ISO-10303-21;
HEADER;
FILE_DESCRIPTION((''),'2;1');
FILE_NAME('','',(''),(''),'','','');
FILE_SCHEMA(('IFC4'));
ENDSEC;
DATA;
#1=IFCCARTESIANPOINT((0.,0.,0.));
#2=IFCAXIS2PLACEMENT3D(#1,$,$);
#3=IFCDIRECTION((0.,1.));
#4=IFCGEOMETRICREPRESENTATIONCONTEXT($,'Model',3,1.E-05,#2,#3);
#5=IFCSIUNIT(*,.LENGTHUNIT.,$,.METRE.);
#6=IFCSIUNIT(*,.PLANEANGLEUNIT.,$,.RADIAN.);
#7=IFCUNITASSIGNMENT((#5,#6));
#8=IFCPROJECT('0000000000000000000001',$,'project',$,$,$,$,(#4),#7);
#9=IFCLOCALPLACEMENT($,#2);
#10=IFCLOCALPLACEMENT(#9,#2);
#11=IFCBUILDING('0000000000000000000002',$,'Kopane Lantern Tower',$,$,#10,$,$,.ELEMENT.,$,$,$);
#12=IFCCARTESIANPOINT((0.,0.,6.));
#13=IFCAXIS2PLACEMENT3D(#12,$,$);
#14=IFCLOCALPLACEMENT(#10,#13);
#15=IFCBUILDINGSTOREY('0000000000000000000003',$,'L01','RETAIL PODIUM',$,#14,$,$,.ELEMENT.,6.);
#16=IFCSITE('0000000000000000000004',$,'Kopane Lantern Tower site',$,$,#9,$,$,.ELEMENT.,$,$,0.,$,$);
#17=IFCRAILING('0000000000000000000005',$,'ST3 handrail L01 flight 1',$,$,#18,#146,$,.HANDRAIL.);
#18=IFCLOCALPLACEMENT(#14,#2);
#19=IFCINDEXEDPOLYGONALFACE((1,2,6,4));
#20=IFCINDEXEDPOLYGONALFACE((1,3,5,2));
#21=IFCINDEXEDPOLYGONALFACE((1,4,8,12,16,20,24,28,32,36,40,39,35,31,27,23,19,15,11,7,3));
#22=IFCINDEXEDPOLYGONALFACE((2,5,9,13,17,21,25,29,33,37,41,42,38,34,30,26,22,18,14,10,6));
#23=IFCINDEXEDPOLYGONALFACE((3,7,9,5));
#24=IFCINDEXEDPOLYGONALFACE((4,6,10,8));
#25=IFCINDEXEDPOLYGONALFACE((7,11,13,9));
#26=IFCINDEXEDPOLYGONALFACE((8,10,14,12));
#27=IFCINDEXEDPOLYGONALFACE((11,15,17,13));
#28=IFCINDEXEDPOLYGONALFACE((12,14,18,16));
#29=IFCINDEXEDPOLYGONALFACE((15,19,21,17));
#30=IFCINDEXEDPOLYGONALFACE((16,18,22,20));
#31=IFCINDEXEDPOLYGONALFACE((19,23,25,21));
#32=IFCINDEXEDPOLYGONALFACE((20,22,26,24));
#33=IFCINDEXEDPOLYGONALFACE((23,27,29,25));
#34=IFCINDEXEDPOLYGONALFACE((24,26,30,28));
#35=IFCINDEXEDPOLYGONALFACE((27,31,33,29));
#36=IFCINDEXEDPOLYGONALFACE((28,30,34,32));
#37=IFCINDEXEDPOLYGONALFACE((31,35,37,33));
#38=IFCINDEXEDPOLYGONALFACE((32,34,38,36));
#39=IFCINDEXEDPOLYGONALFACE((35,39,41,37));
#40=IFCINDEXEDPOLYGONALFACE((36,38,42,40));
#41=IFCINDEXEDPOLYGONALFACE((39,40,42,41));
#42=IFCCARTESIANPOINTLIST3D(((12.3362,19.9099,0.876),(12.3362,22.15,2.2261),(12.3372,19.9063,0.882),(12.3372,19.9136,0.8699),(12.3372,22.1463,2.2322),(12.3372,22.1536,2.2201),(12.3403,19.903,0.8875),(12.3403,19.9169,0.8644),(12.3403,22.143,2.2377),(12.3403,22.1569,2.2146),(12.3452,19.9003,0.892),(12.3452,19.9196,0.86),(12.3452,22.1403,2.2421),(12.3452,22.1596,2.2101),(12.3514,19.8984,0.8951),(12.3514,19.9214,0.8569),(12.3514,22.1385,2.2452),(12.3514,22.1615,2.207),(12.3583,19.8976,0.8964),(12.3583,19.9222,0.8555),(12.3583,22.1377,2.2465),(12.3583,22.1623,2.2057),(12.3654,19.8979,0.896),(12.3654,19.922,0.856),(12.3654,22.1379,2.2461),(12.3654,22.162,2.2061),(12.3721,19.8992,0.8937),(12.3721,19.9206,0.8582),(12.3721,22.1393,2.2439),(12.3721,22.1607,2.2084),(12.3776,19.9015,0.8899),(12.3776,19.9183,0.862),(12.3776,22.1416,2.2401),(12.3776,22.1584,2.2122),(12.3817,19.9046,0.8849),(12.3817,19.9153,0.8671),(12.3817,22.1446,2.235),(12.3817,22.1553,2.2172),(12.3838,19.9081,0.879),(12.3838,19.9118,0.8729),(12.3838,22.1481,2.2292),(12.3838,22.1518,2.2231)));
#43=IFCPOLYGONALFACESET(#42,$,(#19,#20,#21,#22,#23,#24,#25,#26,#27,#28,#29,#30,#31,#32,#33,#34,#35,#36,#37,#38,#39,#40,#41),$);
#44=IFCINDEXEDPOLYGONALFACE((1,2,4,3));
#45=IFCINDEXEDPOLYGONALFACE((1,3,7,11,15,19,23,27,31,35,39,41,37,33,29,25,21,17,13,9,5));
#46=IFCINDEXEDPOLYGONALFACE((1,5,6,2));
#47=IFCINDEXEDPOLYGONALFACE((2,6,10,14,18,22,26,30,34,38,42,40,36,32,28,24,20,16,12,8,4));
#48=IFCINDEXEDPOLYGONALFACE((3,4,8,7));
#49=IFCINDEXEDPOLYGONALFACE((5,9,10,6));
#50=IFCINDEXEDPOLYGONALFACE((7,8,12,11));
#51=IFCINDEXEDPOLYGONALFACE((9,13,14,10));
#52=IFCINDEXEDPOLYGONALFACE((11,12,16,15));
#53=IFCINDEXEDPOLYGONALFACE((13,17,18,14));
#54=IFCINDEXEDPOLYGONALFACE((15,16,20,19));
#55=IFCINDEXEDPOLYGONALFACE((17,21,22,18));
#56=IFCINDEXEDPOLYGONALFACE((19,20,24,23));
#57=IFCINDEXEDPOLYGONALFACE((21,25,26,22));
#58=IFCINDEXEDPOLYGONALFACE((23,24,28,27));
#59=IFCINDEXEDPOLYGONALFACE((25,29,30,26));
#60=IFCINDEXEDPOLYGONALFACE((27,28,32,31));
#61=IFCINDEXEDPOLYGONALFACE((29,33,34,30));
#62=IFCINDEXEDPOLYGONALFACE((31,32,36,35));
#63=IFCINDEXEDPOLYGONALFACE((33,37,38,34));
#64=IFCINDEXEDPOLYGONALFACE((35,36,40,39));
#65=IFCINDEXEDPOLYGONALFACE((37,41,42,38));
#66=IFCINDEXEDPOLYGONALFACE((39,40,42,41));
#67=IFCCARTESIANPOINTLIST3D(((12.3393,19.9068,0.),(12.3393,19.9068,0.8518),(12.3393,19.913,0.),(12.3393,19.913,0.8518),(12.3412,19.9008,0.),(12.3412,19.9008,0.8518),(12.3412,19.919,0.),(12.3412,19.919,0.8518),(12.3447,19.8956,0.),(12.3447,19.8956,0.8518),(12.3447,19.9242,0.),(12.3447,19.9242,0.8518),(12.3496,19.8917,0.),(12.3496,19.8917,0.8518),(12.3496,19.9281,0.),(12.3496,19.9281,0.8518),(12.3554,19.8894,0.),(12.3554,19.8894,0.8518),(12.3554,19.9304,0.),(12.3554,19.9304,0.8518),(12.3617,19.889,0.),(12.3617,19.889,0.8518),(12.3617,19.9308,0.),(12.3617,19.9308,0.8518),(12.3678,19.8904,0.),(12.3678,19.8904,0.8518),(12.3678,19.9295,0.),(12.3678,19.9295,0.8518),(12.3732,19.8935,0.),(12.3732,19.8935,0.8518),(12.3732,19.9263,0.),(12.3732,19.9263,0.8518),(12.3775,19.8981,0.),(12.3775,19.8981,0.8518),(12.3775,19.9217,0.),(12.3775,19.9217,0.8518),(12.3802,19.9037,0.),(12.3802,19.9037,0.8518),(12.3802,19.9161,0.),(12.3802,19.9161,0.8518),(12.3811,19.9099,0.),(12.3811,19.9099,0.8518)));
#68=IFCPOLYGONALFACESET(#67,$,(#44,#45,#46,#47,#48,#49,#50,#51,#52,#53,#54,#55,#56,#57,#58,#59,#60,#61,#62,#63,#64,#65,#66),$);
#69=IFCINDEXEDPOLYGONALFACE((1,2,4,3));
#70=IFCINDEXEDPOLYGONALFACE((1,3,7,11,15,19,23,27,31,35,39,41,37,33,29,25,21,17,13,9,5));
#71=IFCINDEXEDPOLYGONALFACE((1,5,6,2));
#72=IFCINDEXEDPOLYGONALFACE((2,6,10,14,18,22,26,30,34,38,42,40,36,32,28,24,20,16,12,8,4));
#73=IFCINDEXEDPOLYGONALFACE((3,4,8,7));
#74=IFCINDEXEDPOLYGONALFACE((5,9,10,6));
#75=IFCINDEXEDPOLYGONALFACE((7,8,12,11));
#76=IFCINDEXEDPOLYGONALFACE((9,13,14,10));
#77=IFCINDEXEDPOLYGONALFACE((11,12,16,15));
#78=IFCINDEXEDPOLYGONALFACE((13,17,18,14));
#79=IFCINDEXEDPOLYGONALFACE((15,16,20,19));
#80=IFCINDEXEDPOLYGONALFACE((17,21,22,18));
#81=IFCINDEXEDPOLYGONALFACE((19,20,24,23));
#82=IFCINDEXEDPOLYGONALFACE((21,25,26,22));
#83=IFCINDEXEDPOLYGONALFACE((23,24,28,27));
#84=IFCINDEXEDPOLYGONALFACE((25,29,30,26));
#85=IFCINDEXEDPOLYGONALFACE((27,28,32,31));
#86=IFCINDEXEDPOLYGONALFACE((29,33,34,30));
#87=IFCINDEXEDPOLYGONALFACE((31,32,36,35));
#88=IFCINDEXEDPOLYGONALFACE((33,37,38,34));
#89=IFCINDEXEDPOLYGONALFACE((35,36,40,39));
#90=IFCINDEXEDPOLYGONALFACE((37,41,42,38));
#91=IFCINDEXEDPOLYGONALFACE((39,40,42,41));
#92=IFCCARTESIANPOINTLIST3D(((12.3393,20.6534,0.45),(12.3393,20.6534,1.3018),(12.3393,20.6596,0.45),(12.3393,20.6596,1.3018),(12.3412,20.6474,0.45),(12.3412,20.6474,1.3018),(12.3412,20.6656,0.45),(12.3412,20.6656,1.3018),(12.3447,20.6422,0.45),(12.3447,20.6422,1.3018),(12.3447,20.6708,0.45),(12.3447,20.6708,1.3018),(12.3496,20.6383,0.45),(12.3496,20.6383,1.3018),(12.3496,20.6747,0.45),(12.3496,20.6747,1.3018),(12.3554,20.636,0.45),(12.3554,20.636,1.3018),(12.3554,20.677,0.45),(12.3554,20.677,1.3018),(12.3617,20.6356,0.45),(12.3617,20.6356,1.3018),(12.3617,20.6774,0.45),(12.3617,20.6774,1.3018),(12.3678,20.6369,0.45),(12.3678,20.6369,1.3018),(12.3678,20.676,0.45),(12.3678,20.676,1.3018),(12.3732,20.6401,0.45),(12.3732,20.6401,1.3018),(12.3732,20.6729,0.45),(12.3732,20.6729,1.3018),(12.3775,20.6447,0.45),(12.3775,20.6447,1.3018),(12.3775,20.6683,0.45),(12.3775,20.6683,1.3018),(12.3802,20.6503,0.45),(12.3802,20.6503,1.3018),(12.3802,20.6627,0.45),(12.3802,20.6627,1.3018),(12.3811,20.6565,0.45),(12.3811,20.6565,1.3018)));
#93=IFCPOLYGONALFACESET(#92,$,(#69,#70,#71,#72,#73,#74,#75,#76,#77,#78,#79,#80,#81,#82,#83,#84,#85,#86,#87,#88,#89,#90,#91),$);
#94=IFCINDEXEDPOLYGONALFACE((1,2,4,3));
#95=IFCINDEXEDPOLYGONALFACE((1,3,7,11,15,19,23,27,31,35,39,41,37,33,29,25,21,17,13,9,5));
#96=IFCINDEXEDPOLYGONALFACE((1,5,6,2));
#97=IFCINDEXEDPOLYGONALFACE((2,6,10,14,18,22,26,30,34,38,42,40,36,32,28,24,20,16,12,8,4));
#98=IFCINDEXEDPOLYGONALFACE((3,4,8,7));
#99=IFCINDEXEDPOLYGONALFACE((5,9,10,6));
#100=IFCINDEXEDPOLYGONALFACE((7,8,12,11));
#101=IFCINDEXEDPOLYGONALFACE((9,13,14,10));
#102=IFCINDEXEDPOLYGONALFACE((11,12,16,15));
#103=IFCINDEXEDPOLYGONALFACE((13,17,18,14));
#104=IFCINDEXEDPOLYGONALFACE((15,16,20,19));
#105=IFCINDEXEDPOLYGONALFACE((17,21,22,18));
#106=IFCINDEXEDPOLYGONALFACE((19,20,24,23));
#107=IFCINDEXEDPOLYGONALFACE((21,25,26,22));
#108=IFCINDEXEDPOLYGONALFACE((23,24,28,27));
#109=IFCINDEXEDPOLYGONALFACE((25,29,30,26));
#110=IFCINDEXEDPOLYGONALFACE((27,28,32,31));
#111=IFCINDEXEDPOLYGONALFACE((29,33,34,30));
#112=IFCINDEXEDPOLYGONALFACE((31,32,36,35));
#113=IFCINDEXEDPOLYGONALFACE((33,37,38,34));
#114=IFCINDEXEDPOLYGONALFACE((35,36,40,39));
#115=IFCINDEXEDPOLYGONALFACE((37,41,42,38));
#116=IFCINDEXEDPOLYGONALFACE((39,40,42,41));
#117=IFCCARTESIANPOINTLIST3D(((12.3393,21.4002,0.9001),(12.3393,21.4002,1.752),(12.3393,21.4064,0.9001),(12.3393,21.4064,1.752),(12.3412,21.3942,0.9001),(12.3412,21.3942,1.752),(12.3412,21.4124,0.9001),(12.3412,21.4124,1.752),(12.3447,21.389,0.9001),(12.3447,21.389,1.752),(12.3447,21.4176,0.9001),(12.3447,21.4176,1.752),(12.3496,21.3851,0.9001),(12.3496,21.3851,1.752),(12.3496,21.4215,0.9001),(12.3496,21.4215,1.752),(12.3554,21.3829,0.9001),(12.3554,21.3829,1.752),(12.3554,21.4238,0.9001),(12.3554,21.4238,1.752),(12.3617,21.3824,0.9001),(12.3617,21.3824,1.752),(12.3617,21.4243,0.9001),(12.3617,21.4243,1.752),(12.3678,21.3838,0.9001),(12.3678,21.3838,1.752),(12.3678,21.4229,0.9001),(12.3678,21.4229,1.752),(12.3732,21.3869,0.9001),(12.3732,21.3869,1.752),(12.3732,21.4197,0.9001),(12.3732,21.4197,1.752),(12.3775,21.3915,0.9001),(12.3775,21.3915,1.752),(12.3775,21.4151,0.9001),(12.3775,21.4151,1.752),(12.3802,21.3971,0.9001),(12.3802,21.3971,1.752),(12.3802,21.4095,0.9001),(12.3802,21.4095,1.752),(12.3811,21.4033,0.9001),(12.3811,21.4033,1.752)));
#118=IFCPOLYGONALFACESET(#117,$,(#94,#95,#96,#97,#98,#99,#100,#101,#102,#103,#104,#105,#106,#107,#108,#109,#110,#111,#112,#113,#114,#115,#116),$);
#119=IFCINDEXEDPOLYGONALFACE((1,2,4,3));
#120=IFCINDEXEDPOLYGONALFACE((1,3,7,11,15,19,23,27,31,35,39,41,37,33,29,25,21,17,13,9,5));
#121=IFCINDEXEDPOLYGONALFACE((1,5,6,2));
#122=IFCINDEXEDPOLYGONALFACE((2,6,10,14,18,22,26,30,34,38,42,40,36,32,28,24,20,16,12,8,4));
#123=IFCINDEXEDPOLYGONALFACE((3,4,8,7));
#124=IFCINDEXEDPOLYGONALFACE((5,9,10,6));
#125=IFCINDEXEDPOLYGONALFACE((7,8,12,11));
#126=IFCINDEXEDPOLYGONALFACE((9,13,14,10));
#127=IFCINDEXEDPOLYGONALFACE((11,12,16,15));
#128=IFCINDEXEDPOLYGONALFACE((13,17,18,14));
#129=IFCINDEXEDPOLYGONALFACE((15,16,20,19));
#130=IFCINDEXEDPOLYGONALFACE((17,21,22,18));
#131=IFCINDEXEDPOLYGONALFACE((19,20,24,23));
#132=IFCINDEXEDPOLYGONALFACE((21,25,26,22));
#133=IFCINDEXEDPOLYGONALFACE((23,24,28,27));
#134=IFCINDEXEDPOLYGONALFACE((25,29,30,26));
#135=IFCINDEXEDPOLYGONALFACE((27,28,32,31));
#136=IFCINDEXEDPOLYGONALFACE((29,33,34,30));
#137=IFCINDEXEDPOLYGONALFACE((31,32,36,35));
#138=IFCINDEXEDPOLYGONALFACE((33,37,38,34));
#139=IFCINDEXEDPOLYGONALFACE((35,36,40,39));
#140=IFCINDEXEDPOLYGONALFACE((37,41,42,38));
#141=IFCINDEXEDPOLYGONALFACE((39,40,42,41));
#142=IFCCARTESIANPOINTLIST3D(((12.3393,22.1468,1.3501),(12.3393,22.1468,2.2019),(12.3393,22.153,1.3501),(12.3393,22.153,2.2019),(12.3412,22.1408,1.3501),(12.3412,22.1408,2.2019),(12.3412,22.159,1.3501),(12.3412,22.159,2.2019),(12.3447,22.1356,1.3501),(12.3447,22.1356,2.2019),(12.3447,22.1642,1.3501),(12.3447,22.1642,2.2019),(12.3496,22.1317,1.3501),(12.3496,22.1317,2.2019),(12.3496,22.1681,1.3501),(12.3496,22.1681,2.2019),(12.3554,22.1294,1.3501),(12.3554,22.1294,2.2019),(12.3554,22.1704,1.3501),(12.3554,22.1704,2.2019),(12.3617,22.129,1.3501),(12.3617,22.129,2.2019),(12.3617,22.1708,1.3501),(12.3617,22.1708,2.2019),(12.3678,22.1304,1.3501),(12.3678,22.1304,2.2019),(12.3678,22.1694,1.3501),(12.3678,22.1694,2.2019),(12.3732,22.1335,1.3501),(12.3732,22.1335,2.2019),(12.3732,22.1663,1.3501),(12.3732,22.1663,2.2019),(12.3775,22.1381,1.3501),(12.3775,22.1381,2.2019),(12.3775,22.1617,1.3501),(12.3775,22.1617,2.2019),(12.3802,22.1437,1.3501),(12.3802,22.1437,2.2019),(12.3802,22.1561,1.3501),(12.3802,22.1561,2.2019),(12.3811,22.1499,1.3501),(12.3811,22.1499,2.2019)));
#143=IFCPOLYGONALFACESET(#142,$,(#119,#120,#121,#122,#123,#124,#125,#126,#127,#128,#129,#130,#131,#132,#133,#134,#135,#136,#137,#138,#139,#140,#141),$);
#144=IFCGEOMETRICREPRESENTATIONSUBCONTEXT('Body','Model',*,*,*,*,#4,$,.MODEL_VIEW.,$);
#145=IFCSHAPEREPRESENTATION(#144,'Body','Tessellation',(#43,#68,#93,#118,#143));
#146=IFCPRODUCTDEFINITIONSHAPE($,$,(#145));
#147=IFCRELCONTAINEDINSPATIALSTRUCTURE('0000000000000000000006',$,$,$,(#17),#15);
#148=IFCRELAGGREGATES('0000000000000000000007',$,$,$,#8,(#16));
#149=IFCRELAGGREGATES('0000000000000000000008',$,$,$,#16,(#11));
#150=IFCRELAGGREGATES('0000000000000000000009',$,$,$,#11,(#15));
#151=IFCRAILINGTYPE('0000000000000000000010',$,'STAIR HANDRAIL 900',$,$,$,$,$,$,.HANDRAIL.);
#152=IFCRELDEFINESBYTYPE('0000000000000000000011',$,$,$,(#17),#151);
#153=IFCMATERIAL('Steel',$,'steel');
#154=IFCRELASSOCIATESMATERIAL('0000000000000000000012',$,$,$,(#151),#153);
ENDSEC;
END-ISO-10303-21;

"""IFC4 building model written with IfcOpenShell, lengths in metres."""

from ifc_helpers import new_model, si_unit, direction, frame, origin, origin_2d, place, context, subcontext, project, spatial, circle, extrude, material, type_object, element, save


model = new_model("IFC4")

# Units and contexts
model_context = context("Model", 3, precision=1e-05, world=origin(), true_north=direction((0.0, 1.0)))
body_context = subcontext(model_context, "Body", "Model", "MODEL_VIEW")
ifc_project = project(units=[si_unit("LENGTHUNIT", "METRE"), si_unit("PLANEANGLEUNIT", "RADIAN")], contexts=[model_context])

# Site, building, storey
site_placement = place(None, origin())
site = spatial("IfcSite", under=ifc_project, at=site_placement, Name="Kopane Lantern Tower site", CompositionType="ELEMENT", RefElevation=0.0)
building_placement = place(site_placement, origin())
building = spatial("IfcBuilding", under=site, at=building_placement, Name="Kopane Lantern Tower", CompositionType="ELEMENT")
storey_placement = place(building_placement, frame((0.0, 0.0, 6.0)))
storey = spatial("IfcBuildingStorey", under=building, at=storey_placement, Name="L01", Description="RETAIL PODIUM", CompositionType="ELEMENT", Elevation=6.0)

# Railing
ifc_material_1 = material(Name="Steel", Category="steel")
railing_type_1 = type_object("IfcRailingType", Name="STAIR HANDRAIL 900", PredefinedType="HANDRAIL", material=ifc_material_1)
for number, where, name in (
    (1, (12.3601, 19.9099, 0.0), "ST3 handrail L01 flight 1"),
):
    element("IfcRailing", number, at=place(storey_placement, frame(where)), inside=storey, type_object=railing_type_1, Name=name, PredefinedType="HANDRAIL", context=body_context, shape_type="SweptSolid", body=[
        extrude(circle(Radius=0.0239, at=origin_2d()), frame((0.0, 0.0, 0.876), z_axis=(0.0, 0.856462, 0.516211), x_axis=(-1.0, 0.0, 0.0)), (0.0, 0.0, 1.0), 2.6155),
        extrude(circle(Radius=0.021, at=origin_2d()), origin(), (0.0, 0.0, 1.0), 0.8518),
        extrude(circle(Radius=0.021, at=origin_2d()), frame((0.0, 0.7466, 0.45)), (0.0, 0.0, 1.0), 0.8518),
        extrude(circle(Radius=0.021, at=origin_2d()), frame((0.0, 1.4934, 0.9001)), (0.0, 0.0, 1.0), 0.8518),
        extrude(circle(Radius=0.021, at=origin_2d()), frame((0.0, 2.24, 1.3501)), (0.0, 0.0, 1.0), 0.8518),
    ])

save(model, "model.ifc")
